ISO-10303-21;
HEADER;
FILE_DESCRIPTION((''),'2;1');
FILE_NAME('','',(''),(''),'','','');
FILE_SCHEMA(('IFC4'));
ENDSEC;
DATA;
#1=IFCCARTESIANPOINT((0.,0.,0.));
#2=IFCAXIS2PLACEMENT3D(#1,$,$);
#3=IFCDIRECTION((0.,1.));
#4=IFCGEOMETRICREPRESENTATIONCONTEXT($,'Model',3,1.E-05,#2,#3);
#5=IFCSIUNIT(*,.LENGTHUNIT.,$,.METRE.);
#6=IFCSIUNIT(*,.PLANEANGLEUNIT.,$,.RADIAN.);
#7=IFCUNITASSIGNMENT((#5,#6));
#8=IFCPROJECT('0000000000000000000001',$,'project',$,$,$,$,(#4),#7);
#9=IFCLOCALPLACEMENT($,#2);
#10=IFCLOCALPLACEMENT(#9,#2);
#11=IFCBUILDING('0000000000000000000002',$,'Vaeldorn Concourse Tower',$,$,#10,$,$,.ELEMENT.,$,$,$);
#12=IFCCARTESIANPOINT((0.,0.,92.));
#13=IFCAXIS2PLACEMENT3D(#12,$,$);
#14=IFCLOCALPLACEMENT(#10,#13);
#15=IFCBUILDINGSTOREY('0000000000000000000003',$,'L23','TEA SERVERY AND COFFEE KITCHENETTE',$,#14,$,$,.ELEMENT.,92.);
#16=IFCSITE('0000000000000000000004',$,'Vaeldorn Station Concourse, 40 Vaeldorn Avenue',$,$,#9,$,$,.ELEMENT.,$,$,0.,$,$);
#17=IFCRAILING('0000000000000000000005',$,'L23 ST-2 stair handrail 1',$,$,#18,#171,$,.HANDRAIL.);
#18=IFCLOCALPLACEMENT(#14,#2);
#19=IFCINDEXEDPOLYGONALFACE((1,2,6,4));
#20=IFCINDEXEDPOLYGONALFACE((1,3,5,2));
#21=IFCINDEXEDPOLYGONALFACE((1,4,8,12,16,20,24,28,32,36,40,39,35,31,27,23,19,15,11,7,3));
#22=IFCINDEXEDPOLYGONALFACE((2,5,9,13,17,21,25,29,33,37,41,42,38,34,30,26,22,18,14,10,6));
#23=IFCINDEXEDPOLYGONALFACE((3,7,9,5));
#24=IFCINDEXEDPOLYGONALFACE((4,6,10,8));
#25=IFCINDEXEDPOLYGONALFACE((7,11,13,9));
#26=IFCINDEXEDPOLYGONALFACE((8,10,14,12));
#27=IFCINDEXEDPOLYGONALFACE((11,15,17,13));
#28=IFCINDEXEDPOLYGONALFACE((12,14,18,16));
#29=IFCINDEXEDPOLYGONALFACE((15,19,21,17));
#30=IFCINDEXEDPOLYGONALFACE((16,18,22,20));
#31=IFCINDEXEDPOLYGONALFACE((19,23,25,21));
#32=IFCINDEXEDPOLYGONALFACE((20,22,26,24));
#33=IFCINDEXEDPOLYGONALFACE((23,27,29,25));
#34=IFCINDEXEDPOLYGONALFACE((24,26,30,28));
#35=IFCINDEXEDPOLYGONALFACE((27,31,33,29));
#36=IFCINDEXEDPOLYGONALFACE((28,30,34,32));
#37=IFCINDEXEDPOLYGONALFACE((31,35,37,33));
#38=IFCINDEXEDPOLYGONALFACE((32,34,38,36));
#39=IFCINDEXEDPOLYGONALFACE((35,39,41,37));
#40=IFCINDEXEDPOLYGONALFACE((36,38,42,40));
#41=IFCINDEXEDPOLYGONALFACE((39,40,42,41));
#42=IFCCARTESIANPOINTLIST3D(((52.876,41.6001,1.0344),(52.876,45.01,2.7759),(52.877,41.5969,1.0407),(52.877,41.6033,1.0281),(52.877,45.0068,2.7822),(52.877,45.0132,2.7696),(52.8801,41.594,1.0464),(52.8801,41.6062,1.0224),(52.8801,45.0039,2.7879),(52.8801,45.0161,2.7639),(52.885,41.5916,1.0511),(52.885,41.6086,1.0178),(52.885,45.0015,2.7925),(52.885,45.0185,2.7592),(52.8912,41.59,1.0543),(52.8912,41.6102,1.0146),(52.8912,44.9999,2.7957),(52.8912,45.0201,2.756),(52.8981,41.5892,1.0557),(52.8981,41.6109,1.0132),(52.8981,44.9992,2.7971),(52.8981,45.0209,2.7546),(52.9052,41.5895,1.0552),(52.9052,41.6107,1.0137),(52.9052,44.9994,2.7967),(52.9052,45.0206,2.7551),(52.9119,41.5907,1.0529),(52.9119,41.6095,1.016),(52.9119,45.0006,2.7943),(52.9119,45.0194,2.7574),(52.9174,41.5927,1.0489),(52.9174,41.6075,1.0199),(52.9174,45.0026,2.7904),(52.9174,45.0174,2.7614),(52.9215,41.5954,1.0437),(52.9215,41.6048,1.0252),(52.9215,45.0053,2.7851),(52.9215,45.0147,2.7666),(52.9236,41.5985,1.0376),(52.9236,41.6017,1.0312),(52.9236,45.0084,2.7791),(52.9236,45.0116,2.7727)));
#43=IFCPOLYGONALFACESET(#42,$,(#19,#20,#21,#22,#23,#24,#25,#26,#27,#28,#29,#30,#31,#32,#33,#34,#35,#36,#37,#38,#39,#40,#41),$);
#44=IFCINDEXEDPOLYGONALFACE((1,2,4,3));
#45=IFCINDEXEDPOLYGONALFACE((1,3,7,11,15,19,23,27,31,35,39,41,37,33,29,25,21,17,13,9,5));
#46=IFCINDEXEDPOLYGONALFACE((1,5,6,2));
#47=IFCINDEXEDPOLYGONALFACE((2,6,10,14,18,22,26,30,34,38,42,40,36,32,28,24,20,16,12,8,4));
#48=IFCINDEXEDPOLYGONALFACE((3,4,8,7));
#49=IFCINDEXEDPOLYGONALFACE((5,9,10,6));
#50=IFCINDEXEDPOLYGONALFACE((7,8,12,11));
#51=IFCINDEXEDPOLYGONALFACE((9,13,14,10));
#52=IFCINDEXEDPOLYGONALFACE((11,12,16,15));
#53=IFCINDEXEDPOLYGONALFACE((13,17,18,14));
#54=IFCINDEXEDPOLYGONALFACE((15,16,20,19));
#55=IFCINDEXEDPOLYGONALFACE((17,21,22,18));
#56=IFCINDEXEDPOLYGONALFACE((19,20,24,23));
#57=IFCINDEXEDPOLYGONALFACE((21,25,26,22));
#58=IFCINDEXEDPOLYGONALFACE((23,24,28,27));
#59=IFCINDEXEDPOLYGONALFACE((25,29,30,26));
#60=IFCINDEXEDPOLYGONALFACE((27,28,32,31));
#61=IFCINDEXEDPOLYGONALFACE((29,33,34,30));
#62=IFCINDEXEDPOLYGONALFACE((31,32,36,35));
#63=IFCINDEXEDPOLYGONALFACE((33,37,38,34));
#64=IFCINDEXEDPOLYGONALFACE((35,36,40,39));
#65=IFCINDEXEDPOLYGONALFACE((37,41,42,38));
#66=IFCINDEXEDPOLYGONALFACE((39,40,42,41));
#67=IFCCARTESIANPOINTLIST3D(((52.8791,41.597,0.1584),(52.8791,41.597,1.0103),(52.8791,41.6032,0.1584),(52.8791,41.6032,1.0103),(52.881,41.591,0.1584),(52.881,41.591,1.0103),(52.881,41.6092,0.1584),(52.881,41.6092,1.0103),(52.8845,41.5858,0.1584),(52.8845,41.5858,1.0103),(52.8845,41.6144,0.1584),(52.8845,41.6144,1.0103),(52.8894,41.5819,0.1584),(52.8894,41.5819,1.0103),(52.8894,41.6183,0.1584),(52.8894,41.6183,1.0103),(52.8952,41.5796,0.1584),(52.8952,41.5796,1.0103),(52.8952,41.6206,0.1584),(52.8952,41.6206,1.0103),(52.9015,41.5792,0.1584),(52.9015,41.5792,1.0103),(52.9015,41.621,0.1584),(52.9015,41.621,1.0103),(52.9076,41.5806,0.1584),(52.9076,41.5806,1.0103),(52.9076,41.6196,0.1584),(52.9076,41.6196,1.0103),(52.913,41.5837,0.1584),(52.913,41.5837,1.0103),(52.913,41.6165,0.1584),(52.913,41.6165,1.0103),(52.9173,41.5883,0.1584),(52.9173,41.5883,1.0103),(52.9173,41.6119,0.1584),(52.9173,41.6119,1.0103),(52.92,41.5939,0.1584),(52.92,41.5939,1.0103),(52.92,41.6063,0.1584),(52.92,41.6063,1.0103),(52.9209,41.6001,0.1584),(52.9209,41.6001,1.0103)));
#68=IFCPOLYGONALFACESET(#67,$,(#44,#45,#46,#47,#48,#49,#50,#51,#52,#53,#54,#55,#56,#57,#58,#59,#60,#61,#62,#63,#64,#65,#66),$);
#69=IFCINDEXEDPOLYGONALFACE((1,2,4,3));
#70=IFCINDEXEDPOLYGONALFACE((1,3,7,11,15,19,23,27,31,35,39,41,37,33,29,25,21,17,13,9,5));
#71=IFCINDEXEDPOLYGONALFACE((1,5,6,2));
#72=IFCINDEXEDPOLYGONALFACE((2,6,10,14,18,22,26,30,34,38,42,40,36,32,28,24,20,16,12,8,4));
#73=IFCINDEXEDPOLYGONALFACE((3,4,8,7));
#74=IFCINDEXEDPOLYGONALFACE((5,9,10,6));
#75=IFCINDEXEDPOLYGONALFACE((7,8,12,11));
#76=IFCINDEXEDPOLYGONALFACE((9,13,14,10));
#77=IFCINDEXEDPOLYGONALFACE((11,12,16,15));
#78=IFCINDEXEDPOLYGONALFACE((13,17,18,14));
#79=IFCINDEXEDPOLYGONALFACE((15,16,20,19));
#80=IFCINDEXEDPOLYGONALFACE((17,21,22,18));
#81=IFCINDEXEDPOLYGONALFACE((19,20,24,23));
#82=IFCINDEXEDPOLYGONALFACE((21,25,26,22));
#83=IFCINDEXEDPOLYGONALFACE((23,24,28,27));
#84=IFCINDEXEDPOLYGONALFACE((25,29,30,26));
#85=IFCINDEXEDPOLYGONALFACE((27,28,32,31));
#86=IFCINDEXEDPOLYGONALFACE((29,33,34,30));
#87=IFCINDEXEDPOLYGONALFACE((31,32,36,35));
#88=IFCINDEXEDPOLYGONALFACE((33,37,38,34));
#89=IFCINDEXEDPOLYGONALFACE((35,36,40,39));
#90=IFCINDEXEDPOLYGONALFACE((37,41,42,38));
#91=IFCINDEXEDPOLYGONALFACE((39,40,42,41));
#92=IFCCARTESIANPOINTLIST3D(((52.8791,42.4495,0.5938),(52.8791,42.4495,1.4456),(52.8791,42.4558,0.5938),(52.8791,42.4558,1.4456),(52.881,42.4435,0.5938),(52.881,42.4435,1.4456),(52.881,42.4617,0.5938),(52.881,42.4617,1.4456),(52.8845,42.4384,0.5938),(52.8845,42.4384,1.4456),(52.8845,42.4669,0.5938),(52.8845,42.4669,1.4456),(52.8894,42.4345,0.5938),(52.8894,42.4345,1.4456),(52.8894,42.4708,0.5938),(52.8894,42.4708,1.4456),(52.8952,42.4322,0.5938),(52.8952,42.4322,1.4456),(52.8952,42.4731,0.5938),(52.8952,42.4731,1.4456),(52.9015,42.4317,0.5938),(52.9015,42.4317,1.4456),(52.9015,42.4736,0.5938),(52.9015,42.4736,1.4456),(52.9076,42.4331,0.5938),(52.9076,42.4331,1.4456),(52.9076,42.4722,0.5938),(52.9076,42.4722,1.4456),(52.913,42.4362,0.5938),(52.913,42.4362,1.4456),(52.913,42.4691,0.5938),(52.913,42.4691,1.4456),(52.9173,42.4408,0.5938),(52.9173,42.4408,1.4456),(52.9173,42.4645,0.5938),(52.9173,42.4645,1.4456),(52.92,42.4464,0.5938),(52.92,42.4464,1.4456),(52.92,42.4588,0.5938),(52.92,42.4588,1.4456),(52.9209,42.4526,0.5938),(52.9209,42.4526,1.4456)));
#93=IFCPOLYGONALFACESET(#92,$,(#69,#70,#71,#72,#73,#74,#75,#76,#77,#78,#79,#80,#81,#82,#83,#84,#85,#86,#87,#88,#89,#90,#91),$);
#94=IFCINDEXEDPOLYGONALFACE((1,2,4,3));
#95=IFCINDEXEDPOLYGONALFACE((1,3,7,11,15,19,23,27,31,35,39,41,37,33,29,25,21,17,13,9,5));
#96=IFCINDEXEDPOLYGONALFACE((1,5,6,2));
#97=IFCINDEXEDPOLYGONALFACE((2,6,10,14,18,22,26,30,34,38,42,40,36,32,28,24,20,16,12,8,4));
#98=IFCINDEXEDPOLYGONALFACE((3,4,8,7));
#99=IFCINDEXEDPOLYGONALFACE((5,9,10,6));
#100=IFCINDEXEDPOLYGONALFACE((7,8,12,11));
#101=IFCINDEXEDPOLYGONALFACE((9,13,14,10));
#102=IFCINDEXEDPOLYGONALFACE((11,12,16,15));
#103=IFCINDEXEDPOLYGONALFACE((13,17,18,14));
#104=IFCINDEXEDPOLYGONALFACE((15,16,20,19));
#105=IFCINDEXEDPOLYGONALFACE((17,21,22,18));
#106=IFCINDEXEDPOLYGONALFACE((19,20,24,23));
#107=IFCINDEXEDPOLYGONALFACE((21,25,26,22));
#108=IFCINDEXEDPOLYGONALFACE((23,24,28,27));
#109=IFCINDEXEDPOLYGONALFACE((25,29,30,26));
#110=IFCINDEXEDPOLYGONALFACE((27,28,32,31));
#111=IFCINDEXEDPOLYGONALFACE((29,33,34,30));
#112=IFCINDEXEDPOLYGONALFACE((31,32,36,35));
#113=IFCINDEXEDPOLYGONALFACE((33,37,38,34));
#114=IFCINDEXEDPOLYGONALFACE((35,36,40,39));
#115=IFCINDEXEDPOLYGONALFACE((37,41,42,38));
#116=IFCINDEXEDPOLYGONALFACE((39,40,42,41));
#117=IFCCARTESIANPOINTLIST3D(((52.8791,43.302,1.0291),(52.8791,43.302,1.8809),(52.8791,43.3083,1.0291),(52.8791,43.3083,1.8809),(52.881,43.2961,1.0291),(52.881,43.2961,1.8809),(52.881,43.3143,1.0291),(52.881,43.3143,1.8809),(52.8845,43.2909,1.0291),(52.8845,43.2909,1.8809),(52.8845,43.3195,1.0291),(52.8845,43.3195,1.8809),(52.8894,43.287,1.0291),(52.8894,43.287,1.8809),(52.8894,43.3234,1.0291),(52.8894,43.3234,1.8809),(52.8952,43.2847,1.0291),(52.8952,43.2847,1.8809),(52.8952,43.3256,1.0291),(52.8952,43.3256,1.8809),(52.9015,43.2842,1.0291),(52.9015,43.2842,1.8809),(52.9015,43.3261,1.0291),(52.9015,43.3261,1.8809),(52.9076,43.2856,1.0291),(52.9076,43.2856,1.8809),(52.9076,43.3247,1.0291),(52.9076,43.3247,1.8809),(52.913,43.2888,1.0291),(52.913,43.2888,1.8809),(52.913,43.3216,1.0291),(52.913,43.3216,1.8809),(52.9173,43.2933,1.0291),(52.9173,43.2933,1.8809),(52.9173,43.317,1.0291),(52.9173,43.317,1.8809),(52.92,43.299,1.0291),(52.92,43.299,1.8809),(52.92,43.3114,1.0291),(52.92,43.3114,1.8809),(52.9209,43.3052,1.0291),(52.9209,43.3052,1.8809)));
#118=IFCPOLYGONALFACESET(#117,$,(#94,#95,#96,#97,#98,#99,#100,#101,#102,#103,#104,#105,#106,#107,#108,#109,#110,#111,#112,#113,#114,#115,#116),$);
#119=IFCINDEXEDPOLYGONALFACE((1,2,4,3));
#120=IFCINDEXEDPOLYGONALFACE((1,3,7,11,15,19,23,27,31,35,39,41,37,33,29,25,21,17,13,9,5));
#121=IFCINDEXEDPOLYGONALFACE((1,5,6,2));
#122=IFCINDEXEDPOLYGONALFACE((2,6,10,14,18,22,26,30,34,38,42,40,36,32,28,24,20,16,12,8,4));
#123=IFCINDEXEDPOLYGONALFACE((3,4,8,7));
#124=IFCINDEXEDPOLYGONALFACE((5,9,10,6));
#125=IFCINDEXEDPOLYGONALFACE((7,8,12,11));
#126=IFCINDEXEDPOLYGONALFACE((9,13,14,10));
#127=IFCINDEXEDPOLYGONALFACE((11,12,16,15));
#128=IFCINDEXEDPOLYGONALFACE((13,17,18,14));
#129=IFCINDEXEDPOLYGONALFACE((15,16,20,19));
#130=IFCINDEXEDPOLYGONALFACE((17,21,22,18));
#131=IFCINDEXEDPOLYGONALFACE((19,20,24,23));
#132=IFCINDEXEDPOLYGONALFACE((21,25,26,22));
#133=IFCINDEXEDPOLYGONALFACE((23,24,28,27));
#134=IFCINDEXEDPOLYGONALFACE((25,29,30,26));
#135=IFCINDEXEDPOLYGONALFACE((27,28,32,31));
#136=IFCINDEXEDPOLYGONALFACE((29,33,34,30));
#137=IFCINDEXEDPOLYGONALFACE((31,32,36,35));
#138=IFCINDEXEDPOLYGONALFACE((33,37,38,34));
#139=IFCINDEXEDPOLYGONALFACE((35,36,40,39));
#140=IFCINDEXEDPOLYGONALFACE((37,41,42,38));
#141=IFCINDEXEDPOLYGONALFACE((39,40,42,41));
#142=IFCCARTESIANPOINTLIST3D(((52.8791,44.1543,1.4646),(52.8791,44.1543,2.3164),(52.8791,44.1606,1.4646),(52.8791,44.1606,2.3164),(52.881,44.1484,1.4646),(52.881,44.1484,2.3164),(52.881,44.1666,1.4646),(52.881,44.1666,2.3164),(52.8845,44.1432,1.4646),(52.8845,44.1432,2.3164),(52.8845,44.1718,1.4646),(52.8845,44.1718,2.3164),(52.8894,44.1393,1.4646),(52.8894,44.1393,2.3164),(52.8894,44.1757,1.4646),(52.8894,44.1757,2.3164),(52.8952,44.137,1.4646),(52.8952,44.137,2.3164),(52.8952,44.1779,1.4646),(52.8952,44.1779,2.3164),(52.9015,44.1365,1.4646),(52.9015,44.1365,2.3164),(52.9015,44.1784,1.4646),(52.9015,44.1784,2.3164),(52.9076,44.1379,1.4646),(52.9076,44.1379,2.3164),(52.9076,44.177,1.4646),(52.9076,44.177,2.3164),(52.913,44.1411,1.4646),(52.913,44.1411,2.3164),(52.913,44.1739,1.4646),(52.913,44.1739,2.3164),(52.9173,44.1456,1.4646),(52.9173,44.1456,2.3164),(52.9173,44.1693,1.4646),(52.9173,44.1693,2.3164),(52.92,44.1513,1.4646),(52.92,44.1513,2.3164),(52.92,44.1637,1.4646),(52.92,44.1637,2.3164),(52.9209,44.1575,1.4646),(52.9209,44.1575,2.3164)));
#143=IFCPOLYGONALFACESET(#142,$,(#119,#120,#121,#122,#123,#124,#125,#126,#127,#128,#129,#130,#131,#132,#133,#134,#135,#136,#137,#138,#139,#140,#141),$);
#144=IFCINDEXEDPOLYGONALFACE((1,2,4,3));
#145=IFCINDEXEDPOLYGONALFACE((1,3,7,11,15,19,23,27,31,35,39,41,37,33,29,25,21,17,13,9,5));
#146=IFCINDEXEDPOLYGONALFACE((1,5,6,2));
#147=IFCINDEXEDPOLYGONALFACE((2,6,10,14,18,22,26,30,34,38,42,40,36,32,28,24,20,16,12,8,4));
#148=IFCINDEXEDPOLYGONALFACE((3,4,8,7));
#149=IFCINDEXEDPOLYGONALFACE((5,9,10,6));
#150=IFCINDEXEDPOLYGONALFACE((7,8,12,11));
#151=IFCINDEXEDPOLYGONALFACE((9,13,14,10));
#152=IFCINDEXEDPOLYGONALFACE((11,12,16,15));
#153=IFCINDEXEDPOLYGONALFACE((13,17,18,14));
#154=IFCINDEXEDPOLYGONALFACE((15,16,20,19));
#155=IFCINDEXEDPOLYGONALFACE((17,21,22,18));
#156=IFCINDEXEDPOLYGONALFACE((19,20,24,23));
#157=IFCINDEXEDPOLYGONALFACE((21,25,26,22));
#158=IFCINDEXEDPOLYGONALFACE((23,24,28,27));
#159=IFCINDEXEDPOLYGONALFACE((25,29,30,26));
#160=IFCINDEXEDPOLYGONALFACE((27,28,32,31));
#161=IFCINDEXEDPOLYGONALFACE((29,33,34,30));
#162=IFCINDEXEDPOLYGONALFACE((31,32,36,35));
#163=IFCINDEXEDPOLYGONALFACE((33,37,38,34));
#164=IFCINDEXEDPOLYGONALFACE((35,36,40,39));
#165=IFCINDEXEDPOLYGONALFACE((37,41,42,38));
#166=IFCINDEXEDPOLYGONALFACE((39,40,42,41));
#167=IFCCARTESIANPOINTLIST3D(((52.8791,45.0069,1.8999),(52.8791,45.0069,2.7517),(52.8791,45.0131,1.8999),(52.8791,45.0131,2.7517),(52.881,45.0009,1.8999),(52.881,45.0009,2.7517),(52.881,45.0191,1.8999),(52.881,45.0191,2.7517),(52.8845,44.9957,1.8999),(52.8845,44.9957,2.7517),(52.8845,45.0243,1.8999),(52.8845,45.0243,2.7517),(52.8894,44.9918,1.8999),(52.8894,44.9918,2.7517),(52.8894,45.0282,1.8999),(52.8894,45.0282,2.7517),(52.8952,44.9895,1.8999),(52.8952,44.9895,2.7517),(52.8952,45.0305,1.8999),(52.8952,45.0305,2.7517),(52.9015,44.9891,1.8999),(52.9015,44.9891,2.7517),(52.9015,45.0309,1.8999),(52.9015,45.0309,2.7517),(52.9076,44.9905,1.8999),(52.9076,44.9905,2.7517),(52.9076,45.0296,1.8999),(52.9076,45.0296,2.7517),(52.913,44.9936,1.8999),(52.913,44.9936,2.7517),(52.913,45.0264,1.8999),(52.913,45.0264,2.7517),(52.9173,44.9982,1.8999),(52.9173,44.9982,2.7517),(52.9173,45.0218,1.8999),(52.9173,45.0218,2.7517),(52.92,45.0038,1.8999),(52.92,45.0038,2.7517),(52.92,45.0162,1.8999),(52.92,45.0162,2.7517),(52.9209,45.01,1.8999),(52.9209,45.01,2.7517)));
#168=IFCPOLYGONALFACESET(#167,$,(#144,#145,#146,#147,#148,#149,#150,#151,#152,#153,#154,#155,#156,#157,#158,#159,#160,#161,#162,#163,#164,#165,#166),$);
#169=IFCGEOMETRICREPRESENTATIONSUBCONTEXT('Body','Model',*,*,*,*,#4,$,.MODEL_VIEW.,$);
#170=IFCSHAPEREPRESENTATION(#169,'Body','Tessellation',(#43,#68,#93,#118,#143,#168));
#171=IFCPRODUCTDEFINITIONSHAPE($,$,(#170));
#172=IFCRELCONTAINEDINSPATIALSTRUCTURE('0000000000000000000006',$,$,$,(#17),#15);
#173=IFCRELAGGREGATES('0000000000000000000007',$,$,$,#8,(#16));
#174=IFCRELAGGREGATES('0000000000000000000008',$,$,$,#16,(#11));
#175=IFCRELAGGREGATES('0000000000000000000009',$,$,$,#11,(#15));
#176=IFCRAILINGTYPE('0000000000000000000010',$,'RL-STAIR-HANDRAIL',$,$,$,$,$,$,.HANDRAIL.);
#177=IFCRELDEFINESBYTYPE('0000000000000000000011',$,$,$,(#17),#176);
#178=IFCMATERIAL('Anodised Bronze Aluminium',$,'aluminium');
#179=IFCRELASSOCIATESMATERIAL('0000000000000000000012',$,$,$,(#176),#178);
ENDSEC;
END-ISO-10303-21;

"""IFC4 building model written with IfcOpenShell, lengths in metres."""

from ifc_helpers import new_model, si_unit, direction, frame, origin, origin_2d, place, context, subcontext, project, spatial, circle, extrude, material, type_object, element, save


model = new_model("IFC4")

# Units and contexts
model_context = context("Model", 3, precision=1e-05, world=origin(), true_north=direction((0.0, 1.0)))
body_context = subcontext(model_context, "Body", "Model", "MODEL_VIEW")
ifc_project = project(units=[si_unit("LENGTHUNIT", "METRE"), si_unit("PLANEANGLEUNIT", "RADIAN")], contexts=[model_context])

# Site, building, storey
site_placement = place(None, origin())
site = spatial("IfcSite", under=ifc_project, at=site_placement, Name="Vaeldorn Station Concourse, 40 Vaeldorn Avenue", CompositionType="ELEMENT", RefElevation=0.0)
building_placement = place(site_placement, origin())
building = spatial("IfcBuilding", under=site, at=building_placement, Name="Vaeldorn Concourse Tower", CompositionType="ELEMENT")
storey_placement = place(building_placement, frame((0.0, 0.0, 92.0)))
storey = spatial("IfcBuildingStorey", under=building, at=storey_placement, Name="L23", Description="TEA SERVERY AND COFFEE KITCHENETTE", CompositionType="ELEMENT", Elevation=92.0)

# Shared definitions
ifc_material_1 = material(Name="Anodised Bronze Aluminium", Category="aluminium")

# Railing
railing_type_1 = type_object("IfcRailingType", Name="RL-STAIR-HANDRAIL", PredefinedType="HANDRAIL", material=ifc_material_1)
railing_1_placement = place(storey_placement, frame((52.8999, 41.6001, 0.1584)))
element("IfcRailing", 1, at=railing_1_placement, inside=storey, type_object=railing_type_1, Name="L23 ST-2 stair handrail 1", PredefinedType="HANDRAIL", context=body_context, shape_type="SweptSolid", body=[
    extrude(circle(Radius=0.0239, at=origin_2d()), frame((0.0, 0.0, 0.876), z_axis=(0.0, 0.890582, 0.454823), x_axis=(-1.0, 0.0, 0.0)), (0.0, 0.0, 1.0), 3.8289),
    extrude(circle(Radius=0.021, at=origin_2d()), origin(), (0.0, 0.0, 1.0), 0.8518),
    extrude(circle(Radius=0.021, at=origin_2d()), frame((0.0, 0.8525, 0.4353)), (0.0, 0.0, 1.0), 0.8518),
    extrude(circle(Radius=0.021, at=origin_2d()), frame((0.0, 1.7051, 0.8706)), (0.0, 0.0, 1.0), 0.8518),
    extrude(circle(Radius=0.021, at=origin_2d()), frame((0.0, 2.5574, 1.3062)), (0.0, 0.0, 1.0), 0.8518),
    extrude(circle(Radius=0.021, at=origin_2d()), frame((0.0, 3.4099, 1.7415)), (0.0, 0.0, 1.0), 0.8518),
])

save(model, "model.ifc")
